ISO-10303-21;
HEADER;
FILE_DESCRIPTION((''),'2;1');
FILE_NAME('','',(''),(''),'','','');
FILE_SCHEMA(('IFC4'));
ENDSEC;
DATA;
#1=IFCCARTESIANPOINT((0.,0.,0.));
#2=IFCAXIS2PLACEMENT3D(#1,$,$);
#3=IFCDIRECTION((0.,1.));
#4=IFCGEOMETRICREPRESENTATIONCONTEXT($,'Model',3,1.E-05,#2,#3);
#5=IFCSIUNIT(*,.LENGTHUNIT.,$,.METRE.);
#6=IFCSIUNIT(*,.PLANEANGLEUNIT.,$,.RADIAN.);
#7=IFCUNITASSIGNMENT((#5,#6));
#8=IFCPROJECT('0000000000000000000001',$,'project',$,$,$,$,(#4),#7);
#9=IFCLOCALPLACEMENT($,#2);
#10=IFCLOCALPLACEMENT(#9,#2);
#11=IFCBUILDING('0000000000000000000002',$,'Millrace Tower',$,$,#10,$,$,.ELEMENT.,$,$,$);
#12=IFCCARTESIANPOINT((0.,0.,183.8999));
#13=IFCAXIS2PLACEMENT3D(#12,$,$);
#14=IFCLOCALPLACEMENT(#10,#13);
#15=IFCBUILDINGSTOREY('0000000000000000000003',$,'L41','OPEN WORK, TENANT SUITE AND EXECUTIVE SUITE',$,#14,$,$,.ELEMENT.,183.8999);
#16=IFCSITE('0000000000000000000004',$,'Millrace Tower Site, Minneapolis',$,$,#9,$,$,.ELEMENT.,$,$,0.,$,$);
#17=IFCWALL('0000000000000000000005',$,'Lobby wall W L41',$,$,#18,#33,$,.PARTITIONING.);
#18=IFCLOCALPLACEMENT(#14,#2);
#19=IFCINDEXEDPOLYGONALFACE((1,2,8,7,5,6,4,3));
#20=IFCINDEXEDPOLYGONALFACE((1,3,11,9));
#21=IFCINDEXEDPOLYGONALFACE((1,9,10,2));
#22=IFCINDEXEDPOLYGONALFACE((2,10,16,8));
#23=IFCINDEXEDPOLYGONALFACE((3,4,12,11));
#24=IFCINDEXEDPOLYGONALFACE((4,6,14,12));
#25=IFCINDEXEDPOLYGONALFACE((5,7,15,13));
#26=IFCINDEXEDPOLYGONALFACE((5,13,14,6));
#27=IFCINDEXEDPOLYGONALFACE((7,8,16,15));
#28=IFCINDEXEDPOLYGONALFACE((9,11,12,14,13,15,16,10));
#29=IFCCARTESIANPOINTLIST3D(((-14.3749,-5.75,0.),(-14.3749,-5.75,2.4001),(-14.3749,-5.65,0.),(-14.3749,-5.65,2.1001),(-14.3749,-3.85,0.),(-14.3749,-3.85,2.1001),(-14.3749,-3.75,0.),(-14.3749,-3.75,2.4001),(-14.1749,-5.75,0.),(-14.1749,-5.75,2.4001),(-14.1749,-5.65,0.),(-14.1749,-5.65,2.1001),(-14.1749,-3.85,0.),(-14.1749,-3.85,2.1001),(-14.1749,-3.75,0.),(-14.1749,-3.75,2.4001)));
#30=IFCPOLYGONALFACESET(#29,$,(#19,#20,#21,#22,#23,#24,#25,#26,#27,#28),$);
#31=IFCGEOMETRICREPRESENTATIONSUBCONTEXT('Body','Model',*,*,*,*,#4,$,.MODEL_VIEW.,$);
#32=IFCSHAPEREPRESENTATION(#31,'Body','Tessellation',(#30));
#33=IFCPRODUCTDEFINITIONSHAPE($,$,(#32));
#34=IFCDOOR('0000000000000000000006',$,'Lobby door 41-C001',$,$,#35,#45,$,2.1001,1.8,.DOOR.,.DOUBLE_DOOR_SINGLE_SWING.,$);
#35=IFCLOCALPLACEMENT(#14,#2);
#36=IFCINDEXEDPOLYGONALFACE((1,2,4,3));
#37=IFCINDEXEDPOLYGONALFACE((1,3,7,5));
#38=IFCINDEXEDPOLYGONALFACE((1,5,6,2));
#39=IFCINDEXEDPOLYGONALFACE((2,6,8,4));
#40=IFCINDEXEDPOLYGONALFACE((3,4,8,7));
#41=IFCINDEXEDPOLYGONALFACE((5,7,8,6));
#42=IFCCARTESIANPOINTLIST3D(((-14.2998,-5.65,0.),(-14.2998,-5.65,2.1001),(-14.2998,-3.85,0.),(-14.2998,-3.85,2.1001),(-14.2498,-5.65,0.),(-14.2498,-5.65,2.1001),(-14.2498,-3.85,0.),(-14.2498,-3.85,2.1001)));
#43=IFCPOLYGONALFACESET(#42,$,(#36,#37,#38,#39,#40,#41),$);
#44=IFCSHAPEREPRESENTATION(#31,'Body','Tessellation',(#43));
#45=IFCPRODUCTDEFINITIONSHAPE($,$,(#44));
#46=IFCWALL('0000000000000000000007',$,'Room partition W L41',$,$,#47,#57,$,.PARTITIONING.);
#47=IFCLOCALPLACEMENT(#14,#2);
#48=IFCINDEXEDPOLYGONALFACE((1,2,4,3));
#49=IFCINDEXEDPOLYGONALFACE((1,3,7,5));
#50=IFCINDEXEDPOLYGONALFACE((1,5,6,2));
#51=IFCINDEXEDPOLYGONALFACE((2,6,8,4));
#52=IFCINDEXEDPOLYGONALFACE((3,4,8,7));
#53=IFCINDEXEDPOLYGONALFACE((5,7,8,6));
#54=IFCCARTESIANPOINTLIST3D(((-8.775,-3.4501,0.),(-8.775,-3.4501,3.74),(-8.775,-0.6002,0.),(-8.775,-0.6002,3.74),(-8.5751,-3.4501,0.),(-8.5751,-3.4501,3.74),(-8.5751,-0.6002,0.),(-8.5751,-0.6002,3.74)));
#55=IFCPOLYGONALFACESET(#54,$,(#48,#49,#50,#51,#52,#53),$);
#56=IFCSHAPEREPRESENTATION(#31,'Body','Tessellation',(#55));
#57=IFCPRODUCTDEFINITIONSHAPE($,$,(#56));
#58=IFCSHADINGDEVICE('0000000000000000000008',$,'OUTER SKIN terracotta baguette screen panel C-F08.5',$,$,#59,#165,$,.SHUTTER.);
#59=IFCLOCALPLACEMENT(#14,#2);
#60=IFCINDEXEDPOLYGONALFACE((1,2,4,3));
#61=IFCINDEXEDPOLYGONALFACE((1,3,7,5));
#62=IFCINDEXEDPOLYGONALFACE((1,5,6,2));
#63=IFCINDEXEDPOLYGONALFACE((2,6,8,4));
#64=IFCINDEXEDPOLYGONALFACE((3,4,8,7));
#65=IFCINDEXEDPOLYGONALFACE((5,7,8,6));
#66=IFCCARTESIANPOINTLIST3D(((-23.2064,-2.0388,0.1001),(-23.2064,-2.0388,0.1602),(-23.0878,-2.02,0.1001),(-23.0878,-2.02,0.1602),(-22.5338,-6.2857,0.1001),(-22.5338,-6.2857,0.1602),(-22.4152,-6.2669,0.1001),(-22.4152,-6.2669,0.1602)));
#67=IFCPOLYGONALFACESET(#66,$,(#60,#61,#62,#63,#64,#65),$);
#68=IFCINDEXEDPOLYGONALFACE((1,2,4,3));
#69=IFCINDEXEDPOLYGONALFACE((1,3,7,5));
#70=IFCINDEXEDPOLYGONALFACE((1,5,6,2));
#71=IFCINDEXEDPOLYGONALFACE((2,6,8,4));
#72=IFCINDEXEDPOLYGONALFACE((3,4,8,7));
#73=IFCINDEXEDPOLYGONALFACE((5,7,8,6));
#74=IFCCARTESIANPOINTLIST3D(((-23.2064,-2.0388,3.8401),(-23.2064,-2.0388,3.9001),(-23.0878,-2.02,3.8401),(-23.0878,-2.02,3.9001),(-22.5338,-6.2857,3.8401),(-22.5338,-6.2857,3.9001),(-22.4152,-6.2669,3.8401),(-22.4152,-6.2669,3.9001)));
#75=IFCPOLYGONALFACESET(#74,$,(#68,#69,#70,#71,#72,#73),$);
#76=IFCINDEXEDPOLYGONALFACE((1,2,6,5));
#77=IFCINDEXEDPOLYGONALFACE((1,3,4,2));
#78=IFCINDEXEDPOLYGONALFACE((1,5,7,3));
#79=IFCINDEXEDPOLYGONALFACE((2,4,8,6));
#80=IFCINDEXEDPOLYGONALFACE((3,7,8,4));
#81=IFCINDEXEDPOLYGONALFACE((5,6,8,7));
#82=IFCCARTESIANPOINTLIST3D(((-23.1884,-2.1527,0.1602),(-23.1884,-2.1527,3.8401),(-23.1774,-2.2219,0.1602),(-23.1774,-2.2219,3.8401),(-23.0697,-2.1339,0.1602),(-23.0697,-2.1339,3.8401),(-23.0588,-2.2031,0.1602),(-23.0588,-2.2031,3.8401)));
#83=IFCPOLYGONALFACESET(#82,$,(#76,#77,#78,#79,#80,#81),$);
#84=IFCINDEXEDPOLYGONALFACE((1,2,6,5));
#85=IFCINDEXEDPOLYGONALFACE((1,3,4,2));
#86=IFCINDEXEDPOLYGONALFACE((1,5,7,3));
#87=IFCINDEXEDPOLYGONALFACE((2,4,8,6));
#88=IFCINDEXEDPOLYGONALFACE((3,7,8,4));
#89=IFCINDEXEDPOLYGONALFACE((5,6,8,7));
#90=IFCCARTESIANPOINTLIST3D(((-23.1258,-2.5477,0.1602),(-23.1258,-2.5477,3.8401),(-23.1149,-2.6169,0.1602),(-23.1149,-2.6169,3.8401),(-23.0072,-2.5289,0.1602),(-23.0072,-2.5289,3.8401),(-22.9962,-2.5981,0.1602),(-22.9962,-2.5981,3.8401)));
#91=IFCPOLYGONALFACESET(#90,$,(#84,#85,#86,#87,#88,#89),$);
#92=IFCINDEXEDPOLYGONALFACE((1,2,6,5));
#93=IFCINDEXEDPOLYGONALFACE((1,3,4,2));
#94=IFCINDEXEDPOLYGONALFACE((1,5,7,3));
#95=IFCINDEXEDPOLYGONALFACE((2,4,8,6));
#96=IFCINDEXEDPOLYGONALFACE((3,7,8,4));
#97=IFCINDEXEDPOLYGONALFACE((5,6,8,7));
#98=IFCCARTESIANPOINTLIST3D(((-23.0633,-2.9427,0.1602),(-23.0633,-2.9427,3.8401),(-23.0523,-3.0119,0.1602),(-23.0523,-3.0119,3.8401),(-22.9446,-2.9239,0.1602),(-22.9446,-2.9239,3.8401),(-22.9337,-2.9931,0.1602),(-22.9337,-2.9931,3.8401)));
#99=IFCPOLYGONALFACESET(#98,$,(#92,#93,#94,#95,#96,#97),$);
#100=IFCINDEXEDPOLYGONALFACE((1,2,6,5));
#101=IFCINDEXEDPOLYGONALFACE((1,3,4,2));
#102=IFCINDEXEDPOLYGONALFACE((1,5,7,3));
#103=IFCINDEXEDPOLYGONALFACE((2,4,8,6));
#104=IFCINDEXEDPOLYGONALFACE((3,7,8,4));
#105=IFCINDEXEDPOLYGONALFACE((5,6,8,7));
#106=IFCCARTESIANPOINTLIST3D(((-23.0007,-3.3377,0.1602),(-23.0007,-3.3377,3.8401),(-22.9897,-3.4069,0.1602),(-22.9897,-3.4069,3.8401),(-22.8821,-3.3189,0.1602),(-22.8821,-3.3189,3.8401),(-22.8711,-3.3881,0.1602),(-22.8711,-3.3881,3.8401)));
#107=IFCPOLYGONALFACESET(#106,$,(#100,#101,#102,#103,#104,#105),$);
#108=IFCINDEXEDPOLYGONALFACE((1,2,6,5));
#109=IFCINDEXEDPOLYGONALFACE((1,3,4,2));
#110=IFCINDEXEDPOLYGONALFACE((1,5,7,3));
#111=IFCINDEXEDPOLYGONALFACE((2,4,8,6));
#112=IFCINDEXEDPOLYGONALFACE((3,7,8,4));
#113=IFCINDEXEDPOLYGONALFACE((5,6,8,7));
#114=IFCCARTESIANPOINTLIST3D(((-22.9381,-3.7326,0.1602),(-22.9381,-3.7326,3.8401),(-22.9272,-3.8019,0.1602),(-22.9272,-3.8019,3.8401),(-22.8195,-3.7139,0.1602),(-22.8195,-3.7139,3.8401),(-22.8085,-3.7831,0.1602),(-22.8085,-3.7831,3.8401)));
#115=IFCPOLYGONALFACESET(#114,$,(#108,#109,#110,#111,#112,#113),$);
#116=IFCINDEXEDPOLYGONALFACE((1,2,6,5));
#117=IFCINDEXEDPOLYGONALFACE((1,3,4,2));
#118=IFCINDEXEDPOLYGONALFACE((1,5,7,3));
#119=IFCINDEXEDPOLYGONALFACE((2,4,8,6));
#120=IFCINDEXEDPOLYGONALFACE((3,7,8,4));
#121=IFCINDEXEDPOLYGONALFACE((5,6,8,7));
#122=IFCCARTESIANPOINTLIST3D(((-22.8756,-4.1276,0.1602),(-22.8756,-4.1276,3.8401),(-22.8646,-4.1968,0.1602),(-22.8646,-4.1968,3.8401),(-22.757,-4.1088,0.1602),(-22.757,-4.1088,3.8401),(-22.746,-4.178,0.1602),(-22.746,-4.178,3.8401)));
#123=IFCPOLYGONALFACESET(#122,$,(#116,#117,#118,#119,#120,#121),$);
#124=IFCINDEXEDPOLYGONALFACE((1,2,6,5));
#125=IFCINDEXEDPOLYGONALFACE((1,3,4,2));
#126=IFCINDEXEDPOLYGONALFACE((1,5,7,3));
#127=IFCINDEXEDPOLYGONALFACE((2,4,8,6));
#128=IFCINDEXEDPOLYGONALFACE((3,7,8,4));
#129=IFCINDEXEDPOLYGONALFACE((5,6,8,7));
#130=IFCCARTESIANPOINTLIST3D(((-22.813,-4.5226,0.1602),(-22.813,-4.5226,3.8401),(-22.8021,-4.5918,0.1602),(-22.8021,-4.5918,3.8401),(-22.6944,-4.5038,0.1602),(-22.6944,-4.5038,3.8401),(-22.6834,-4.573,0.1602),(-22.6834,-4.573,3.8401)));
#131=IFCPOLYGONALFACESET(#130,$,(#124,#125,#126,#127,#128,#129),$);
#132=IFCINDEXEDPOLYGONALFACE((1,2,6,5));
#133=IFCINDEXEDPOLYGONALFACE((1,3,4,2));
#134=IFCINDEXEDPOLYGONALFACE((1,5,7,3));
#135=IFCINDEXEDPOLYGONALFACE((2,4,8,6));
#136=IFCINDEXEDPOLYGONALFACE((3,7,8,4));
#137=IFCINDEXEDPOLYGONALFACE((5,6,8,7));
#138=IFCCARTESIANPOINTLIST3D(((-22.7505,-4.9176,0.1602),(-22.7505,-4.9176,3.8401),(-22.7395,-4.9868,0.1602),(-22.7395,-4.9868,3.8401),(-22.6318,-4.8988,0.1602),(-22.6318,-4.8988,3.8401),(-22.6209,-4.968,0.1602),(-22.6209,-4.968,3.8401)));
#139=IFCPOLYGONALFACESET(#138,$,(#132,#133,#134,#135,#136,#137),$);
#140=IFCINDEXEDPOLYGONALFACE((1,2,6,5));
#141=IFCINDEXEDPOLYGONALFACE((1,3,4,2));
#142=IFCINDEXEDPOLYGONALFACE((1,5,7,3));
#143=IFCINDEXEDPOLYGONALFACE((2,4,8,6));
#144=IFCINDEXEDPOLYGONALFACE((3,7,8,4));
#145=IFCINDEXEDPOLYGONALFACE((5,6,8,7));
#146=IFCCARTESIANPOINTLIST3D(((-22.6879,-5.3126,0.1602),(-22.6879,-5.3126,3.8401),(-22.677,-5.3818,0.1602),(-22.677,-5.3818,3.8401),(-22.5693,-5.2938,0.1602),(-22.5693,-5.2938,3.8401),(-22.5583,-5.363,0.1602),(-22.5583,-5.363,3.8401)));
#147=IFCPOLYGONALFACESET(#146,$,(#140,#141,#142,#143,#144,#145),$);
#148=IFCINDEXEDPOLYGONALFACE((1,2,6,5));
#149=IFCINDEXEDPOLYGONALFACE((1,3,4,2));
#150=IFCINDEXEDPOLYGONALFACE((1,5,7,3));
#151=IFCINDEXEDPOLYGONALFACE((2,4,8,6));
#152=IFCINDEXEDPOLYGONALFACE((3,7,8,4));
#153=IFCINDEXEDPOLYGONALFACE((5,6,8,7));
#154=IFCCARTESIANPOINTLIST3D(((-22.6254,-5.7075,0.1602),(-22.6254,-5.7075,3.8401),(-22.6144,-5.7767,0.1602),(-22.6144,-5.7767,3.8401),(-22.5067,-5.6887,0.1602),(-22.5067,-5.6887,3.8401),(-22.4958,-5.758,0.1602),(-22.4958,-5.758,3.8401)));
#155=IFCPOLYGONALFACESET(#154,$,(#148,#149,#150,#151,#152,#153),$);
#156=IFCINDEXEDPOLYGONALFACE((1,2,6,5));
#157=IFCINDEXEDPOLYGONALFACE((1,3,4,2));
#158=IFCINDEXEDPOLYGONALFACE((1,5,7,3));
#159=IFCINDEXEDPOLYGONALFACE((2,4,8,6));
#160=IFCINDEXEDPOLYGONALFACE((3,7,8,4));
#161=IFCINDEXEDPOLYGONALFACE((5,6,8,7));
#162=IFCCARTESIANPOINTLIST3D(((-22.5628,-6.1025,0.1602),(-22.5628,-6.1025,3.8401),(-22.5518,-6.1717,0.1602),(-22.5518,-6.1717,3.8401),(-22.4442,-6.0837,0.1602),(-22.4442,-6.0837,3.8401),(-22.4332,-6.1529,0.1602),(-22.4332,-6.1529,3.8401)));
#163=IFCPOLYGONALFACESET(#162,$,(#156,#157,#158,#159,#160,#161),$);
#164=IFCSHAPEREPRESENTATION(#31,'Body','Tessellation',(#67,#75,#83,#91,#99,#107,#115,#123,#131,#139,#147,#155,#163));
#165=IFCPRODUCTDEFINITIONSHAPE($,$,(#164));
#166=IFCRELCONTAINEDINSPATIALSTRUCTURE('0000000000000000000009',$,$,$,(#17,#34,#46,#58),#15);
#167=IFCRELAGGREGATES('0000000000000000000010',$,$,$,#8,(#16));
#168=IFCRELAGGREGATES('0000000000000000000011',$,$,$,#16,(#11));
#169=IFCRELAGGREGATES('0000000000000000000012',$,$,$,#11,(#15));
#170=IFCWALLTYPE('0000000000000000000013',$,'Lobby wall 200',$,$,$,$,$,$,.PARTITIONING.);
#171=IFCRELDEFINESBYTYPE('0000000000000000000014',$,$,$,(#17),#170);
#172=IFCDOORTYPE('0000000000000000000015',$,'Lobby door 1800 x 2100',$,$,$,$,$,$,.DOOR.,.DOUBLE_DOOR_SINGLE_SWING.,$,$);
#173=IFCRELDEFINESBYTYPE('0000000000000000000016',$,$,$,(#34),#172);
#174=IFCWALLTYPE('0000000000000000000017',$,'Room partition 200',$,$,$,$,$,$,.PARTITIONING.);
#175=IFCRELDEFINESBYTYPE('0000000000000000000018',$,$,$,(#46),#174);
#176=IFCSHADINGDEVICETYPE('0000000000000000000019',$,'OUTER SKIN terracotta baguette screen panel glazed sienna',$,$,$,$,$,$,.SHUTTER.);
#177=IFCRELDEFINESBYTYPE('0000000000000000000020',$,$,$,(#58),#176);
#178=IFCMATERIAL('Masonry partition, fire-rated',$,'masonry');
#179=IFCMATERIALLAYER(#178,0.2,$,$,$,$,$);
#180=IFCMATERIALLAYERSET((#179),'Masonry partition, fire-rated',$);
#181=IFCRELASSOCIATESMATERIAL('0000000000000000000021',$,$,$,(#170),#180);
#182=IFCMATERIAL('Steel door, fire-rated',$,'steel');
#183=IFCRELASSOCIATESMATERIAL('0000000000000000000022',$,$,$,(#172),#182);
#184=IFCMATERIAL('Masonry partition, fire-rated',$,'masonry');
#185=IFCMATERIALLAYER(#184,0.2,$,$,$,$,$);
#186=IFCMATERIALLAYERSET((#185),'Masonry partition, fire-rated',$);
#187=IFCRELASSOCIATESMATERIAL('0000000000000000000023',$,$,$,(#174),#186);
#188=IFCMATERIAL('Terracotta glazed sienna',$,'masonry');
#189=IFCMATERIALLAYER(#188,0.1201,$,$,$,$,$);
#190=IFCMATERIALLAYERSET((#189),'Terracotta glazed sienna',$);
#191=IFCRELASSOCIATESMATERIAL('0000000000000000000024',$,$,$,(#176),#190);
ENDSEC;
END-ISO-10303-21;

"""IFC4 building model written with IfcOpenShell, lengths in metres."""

from ifc_helpers import new_model, entity, si_unit, direction, frame, frame_2d, origin, origin_2d, place, context, subcontext, project, spatial, rectangle, extrude, source, transform, mapped, material, layer, layer_set, type_object, element, fill, save


model = new_model("IFC4")

# Units and contexts
model_context = context("Model", 3, precision=1e-05, world=origin(), true_north=direction((0.0, 1.0)))
body_context = subcontext(model_context, "Body", "Model", "MODEL_VIEW")
ifc_project = project(units=[si_unit("LENGTHUNIT", "METRE"), si_unit("PLANEANGLEUNIT", "RADIAN")], contexts=[model_context])

# Site, building, storey
site_placement = place(None, origin())
site = spatial("IfcSite", under=ifc_project, at=site_placement, Name="Millrace Tower Site, Minneapolis", CompositionType="ELEMENT", RefElevation=0.0)
building_placement = place(site_placement, origin())
building = spatial("IfcBuilding", under=site, at=building_placement, Name="Millrace Tower", CompositionType="ELEMENT")
storey_placement = place(building_placement, frame((0.0, 0.0, 183.8999)))
storey = spatial("IfcBuildingStorey", under=building, at=storey_placement, Name="L41", Description="OPEN WORK, TENANT SUITE AND EXECUTIVE SUITE", CompositionType="ELEMENT", Elevation=183.8999)

# Wall, opening, door
ifc_material_1 = material(Name="Masonry partition, fire-rated", Category="masonry")
ifc_layer_1 = layer(ifc_material_1, 0.2)
ifc_layer_set_1 = layer_set([ifc_layer_1], Name="Masonry partition, fire-rated")
wall_type_1 = type_object("IfcWallType", Name="Lobby wall 200", PredefinedType="PARTITIONING", material=ifc_layer_set_1)
wall_1_placement = place(storey_placement, frame((-14.2749, -5.75, 0.0), z_axis=(0.0, 0.0, 1.0), x_axis=(0.0, 1.0, 0.0)))
wall_1 = element("IfcWall", 1, at=wall_1_placement, inside=storey, type_object=wall_type_1, Name="Lobby wall W L41", PredefinedType="PARTITIONING", context=body_context, shape_type="SweptSolid", body=[
    extrude(rectangle(XDim=2.0, YDim=0.2, at=frame_2d((1.0, 0.0))), origin(), (0.0, 0.0, 1.0), 2.4001),
])
opening_1_placement = place(wall_1_placement, frame((0.1001, 0.0, 0.0)))
opening_1 = element("IfcOpeningElement", 2, at=opening_1_placement, cuts=wall_1, PredefinedType="OPENING", context=body_context, shape_type="SweptSolid", body=[
    extrude(rectangle(XDim=1.8, YDim=2.1001, at=frame_2d((0.8999, 1.05))), frame((0.0, 0.1099, 0.0), z_axis=(0.0, -1.0, 0.0), x_axis=(1.0, 0.0, 0.0)), (0.0, 0.0, 1.0), 0.22),
])
ifc_material_2 = material(Name="Steel door, fire-rated", Category="steel")
door_type_1 = type_object("IfcDoorType", Name="Lobby door 1800 x 2100", OperationType="DOUBLE_DOOR_SINGLE_SWING", PredefinedType="DOOR", material=ifc_material_2)
door_1_placement = place(opening_1_placement, origin())
door_1 = element("IfcDoor", 3, at=door_1_placement, inside=storey, type_object=door_type_1, Name="Lobby door 41-C001", OperationType="DOUBLE_DOOR_SINGLE_SWING", OverallHeight=2.1001, OverallWidth=1.8, PredefinedType="DOOR", context=body_context, shape_type="SweptSolid", body=[
    extrude(rectangle(XDim=1.8, YDim=2.1001, at=frame_2d((0.8999, 1.05))), frame((0.0, 0.0249, 0.0), z_axis=(0.0, -1.0, 0.0), x_axis=(1.0, 0.0, 0.0)), (0.0, 0.0, 1.0), 0.05),
])
fill(opening_1, door_1)

# Wall
ifc_material_3 = material(Name="Masonry partition, fire-rated", Category="masonry")
ifc_layer_2 = layer(ifc_material_3, 0.2)
ifc_layer_set_2 = layer_set([ifc_layer_2], Name="Masonry partition, fire-rated")
wall_type_2 = type_object("IfcWallType", Name="Room partition 200", PredefinedType="PARTITIONING", material=ifc_layer_set_2)
wall_2_placement = place(storey_placement, frame((-8.675, -3.45, 0.0), z_axis=(0.0, 0.0, 1.0), x_axis=(0.0, 1.0, 0.0)))
element("IfcWall", 4, at=wall_2_placement, inside=storey, type_object=wall_type_2, Name="Room partition W L41", PredefinedType="PARTITIONING", context=body_context, shape_type="SweptSolid", body=[
    extrude(rectangle(XDim=2.8499, YDim=0.2, at=frame_2d((1.4248, 0.0))), origin(), (0.0, 0.0, 1.0), 3.74),
])

# Shading device
ifc_material_4 = material(Name="Terracotta glazed sienna", Category="masonry")
ifc_layer_3 = layer(ifc_material_4, 0.1201)
ifc_layer_set_3 = layer_set([ifc_layer_3], Name="Terracotta glazed sienna")
shading_device_type = type_object("IfcShadingDeviceType", Name="OUTER SKIN terracotta baguette screen panel glazed sienna", PredefinedType="SHUTTER", material=ifc_layer_set_3)
cartesian_point = entity("IfcCartesianPoint", [-2.1499, 0.0601])
shared_polyline = entity("IfcPolyline", [cartesian_point, entity("IfcCartesianPoint", [2.1499, 0.0601]), entity("IfcCartesianPoint", [2.1499, -0.0601]), entity("IfcCartesianPoint", [-2.1499, -0.0601]), cartesian_point])
shared_shape = source(origin(), body_context, "Body", "SweptSolid", [
    entity("IfcExtrudedAreaSolid", entity("IfcArbitraryClosedProfileDef", "AREA", None, shared_polyline), entity("IfcAxis2Placement3D", entity("IfcCartesianPoint", [0.0, 0.0, 0.0])), entity("IfcDirection", [0.0, 0.0, 1.0]), 0.0601),
    entity("IfcExtrudedAreaSolid", entity("IfcArbitraryClosedProfileDef", "AREA", None, shared_polyline), entity("IfcAxis2Placement3D", entity("IfcCartesianPoint", [0.0, 0.0, 3.74])), entity("IfcDirection", [0.0, 0.0, 1.0]), 0.0601),
    extrude(rectangle(XDim=0.0701, YDim=0.1201, at=frame_2d((-1.9995, 0.0))), frame((0.0, 0.0, 0.0601)), (0.0, 0.0, 1.0), 3.6799),
    extrude(rectangle(XDim=0.0701, YDim=0.1201, at=frame_2d((-1.5996, 0.0))), frame((0.0, 0.0, 0.0601)), (0.0, 0.0, 1.0), 3.6799),
    extrude(rectangle(XDim=0.0701, YDim=0.1201, at=frame_2d((-1.1997, 0.0))), frame((0.0, 0.0, 0.0601)), (0.0, 0.0, 1.0), 3.6799),
    extrude(rectangle(XDim=0.0701, YDim=0.1201, at=frame_2d((-0.7998, 0.0))), frame((0.0, 0.0, 0.0601)), (0.0, 0.0, 1.0), 3.6799),
    extrude(rectangle(XDim=0.0701, YDim=0.1201, at=frame_2d((-0.3999, 0.0))), frame((0.0, 0.0, 0.0601)), (0.0, 0.0, 1.0), 3.6799),
    extrude(rectangle(XDim=0.0701, YDim=0.1201, at=origin_2d()), frame((0.0, 0.0, 0.0601)), (0.0, 0.0, 1.0), 3.6799),
    extrude(rectangle(XDim=0.0701, YDim=0.1201, at=frame_2d((0.3999, 0.0))), frame((0.0, 0.0, 0.0601)), (0.0, 0.0, 1.0), 3.6799),
    extrude(rectangle(XDim=0.0701, YDim=0.1201, at=frame_2d((0.7998, 0.0))), frame((0.0, 0.0, 0.0601)), (0.0, 0.0, 1.0), 3.6799),
    extrude(rectangle(XDim=0.0701, YDim=0.1201, at=frame_2d((1.1997, 0.0))), frame((0.0, 0.0, 0.0601)), (0.0, 0.0, 1.0), 3.6799),
    extrude(rectangle(XDim=0.0701, YDim=0.1201, at=frame_2d((1.5996, 0.0))), frame((0.0, 0.0, 0.0601)), (0.0, 0.0, 1.0), 3.6799),
    extrude(rectangle(XDim=0.0701, YDim=0.1201, at=frame_2d((1.9995, 0.0))), frame((0.0, 0.0, 0.0601)), (0.0, 0.0, 1.0), 3.6799),
])
for number, where, z_axis, x_axis, name in (
    (5, (-22.8108, -4.1528, 0.1001), (0.0, 0.0, 1.0), (0.156434, -0.987688, 0.0), "OUTER SKIN terracotta baguette screen panel C-F08.5"),
):
    element("IfcShadingDevice", number, at=place(storey_placement, frame(where, z_axis=z_axis, x_axis=x_axis)), inside=storey, type_object=shading_device_type, Name=name, PredefinedType="SHUTTER", context=body_context, shape_type="MappedRepresentation", body=[
        mapped(shared_shape, transform((0.0, 0.0, 0.0), scale=1.0)),
    ])

save(model, "model.ifc")
